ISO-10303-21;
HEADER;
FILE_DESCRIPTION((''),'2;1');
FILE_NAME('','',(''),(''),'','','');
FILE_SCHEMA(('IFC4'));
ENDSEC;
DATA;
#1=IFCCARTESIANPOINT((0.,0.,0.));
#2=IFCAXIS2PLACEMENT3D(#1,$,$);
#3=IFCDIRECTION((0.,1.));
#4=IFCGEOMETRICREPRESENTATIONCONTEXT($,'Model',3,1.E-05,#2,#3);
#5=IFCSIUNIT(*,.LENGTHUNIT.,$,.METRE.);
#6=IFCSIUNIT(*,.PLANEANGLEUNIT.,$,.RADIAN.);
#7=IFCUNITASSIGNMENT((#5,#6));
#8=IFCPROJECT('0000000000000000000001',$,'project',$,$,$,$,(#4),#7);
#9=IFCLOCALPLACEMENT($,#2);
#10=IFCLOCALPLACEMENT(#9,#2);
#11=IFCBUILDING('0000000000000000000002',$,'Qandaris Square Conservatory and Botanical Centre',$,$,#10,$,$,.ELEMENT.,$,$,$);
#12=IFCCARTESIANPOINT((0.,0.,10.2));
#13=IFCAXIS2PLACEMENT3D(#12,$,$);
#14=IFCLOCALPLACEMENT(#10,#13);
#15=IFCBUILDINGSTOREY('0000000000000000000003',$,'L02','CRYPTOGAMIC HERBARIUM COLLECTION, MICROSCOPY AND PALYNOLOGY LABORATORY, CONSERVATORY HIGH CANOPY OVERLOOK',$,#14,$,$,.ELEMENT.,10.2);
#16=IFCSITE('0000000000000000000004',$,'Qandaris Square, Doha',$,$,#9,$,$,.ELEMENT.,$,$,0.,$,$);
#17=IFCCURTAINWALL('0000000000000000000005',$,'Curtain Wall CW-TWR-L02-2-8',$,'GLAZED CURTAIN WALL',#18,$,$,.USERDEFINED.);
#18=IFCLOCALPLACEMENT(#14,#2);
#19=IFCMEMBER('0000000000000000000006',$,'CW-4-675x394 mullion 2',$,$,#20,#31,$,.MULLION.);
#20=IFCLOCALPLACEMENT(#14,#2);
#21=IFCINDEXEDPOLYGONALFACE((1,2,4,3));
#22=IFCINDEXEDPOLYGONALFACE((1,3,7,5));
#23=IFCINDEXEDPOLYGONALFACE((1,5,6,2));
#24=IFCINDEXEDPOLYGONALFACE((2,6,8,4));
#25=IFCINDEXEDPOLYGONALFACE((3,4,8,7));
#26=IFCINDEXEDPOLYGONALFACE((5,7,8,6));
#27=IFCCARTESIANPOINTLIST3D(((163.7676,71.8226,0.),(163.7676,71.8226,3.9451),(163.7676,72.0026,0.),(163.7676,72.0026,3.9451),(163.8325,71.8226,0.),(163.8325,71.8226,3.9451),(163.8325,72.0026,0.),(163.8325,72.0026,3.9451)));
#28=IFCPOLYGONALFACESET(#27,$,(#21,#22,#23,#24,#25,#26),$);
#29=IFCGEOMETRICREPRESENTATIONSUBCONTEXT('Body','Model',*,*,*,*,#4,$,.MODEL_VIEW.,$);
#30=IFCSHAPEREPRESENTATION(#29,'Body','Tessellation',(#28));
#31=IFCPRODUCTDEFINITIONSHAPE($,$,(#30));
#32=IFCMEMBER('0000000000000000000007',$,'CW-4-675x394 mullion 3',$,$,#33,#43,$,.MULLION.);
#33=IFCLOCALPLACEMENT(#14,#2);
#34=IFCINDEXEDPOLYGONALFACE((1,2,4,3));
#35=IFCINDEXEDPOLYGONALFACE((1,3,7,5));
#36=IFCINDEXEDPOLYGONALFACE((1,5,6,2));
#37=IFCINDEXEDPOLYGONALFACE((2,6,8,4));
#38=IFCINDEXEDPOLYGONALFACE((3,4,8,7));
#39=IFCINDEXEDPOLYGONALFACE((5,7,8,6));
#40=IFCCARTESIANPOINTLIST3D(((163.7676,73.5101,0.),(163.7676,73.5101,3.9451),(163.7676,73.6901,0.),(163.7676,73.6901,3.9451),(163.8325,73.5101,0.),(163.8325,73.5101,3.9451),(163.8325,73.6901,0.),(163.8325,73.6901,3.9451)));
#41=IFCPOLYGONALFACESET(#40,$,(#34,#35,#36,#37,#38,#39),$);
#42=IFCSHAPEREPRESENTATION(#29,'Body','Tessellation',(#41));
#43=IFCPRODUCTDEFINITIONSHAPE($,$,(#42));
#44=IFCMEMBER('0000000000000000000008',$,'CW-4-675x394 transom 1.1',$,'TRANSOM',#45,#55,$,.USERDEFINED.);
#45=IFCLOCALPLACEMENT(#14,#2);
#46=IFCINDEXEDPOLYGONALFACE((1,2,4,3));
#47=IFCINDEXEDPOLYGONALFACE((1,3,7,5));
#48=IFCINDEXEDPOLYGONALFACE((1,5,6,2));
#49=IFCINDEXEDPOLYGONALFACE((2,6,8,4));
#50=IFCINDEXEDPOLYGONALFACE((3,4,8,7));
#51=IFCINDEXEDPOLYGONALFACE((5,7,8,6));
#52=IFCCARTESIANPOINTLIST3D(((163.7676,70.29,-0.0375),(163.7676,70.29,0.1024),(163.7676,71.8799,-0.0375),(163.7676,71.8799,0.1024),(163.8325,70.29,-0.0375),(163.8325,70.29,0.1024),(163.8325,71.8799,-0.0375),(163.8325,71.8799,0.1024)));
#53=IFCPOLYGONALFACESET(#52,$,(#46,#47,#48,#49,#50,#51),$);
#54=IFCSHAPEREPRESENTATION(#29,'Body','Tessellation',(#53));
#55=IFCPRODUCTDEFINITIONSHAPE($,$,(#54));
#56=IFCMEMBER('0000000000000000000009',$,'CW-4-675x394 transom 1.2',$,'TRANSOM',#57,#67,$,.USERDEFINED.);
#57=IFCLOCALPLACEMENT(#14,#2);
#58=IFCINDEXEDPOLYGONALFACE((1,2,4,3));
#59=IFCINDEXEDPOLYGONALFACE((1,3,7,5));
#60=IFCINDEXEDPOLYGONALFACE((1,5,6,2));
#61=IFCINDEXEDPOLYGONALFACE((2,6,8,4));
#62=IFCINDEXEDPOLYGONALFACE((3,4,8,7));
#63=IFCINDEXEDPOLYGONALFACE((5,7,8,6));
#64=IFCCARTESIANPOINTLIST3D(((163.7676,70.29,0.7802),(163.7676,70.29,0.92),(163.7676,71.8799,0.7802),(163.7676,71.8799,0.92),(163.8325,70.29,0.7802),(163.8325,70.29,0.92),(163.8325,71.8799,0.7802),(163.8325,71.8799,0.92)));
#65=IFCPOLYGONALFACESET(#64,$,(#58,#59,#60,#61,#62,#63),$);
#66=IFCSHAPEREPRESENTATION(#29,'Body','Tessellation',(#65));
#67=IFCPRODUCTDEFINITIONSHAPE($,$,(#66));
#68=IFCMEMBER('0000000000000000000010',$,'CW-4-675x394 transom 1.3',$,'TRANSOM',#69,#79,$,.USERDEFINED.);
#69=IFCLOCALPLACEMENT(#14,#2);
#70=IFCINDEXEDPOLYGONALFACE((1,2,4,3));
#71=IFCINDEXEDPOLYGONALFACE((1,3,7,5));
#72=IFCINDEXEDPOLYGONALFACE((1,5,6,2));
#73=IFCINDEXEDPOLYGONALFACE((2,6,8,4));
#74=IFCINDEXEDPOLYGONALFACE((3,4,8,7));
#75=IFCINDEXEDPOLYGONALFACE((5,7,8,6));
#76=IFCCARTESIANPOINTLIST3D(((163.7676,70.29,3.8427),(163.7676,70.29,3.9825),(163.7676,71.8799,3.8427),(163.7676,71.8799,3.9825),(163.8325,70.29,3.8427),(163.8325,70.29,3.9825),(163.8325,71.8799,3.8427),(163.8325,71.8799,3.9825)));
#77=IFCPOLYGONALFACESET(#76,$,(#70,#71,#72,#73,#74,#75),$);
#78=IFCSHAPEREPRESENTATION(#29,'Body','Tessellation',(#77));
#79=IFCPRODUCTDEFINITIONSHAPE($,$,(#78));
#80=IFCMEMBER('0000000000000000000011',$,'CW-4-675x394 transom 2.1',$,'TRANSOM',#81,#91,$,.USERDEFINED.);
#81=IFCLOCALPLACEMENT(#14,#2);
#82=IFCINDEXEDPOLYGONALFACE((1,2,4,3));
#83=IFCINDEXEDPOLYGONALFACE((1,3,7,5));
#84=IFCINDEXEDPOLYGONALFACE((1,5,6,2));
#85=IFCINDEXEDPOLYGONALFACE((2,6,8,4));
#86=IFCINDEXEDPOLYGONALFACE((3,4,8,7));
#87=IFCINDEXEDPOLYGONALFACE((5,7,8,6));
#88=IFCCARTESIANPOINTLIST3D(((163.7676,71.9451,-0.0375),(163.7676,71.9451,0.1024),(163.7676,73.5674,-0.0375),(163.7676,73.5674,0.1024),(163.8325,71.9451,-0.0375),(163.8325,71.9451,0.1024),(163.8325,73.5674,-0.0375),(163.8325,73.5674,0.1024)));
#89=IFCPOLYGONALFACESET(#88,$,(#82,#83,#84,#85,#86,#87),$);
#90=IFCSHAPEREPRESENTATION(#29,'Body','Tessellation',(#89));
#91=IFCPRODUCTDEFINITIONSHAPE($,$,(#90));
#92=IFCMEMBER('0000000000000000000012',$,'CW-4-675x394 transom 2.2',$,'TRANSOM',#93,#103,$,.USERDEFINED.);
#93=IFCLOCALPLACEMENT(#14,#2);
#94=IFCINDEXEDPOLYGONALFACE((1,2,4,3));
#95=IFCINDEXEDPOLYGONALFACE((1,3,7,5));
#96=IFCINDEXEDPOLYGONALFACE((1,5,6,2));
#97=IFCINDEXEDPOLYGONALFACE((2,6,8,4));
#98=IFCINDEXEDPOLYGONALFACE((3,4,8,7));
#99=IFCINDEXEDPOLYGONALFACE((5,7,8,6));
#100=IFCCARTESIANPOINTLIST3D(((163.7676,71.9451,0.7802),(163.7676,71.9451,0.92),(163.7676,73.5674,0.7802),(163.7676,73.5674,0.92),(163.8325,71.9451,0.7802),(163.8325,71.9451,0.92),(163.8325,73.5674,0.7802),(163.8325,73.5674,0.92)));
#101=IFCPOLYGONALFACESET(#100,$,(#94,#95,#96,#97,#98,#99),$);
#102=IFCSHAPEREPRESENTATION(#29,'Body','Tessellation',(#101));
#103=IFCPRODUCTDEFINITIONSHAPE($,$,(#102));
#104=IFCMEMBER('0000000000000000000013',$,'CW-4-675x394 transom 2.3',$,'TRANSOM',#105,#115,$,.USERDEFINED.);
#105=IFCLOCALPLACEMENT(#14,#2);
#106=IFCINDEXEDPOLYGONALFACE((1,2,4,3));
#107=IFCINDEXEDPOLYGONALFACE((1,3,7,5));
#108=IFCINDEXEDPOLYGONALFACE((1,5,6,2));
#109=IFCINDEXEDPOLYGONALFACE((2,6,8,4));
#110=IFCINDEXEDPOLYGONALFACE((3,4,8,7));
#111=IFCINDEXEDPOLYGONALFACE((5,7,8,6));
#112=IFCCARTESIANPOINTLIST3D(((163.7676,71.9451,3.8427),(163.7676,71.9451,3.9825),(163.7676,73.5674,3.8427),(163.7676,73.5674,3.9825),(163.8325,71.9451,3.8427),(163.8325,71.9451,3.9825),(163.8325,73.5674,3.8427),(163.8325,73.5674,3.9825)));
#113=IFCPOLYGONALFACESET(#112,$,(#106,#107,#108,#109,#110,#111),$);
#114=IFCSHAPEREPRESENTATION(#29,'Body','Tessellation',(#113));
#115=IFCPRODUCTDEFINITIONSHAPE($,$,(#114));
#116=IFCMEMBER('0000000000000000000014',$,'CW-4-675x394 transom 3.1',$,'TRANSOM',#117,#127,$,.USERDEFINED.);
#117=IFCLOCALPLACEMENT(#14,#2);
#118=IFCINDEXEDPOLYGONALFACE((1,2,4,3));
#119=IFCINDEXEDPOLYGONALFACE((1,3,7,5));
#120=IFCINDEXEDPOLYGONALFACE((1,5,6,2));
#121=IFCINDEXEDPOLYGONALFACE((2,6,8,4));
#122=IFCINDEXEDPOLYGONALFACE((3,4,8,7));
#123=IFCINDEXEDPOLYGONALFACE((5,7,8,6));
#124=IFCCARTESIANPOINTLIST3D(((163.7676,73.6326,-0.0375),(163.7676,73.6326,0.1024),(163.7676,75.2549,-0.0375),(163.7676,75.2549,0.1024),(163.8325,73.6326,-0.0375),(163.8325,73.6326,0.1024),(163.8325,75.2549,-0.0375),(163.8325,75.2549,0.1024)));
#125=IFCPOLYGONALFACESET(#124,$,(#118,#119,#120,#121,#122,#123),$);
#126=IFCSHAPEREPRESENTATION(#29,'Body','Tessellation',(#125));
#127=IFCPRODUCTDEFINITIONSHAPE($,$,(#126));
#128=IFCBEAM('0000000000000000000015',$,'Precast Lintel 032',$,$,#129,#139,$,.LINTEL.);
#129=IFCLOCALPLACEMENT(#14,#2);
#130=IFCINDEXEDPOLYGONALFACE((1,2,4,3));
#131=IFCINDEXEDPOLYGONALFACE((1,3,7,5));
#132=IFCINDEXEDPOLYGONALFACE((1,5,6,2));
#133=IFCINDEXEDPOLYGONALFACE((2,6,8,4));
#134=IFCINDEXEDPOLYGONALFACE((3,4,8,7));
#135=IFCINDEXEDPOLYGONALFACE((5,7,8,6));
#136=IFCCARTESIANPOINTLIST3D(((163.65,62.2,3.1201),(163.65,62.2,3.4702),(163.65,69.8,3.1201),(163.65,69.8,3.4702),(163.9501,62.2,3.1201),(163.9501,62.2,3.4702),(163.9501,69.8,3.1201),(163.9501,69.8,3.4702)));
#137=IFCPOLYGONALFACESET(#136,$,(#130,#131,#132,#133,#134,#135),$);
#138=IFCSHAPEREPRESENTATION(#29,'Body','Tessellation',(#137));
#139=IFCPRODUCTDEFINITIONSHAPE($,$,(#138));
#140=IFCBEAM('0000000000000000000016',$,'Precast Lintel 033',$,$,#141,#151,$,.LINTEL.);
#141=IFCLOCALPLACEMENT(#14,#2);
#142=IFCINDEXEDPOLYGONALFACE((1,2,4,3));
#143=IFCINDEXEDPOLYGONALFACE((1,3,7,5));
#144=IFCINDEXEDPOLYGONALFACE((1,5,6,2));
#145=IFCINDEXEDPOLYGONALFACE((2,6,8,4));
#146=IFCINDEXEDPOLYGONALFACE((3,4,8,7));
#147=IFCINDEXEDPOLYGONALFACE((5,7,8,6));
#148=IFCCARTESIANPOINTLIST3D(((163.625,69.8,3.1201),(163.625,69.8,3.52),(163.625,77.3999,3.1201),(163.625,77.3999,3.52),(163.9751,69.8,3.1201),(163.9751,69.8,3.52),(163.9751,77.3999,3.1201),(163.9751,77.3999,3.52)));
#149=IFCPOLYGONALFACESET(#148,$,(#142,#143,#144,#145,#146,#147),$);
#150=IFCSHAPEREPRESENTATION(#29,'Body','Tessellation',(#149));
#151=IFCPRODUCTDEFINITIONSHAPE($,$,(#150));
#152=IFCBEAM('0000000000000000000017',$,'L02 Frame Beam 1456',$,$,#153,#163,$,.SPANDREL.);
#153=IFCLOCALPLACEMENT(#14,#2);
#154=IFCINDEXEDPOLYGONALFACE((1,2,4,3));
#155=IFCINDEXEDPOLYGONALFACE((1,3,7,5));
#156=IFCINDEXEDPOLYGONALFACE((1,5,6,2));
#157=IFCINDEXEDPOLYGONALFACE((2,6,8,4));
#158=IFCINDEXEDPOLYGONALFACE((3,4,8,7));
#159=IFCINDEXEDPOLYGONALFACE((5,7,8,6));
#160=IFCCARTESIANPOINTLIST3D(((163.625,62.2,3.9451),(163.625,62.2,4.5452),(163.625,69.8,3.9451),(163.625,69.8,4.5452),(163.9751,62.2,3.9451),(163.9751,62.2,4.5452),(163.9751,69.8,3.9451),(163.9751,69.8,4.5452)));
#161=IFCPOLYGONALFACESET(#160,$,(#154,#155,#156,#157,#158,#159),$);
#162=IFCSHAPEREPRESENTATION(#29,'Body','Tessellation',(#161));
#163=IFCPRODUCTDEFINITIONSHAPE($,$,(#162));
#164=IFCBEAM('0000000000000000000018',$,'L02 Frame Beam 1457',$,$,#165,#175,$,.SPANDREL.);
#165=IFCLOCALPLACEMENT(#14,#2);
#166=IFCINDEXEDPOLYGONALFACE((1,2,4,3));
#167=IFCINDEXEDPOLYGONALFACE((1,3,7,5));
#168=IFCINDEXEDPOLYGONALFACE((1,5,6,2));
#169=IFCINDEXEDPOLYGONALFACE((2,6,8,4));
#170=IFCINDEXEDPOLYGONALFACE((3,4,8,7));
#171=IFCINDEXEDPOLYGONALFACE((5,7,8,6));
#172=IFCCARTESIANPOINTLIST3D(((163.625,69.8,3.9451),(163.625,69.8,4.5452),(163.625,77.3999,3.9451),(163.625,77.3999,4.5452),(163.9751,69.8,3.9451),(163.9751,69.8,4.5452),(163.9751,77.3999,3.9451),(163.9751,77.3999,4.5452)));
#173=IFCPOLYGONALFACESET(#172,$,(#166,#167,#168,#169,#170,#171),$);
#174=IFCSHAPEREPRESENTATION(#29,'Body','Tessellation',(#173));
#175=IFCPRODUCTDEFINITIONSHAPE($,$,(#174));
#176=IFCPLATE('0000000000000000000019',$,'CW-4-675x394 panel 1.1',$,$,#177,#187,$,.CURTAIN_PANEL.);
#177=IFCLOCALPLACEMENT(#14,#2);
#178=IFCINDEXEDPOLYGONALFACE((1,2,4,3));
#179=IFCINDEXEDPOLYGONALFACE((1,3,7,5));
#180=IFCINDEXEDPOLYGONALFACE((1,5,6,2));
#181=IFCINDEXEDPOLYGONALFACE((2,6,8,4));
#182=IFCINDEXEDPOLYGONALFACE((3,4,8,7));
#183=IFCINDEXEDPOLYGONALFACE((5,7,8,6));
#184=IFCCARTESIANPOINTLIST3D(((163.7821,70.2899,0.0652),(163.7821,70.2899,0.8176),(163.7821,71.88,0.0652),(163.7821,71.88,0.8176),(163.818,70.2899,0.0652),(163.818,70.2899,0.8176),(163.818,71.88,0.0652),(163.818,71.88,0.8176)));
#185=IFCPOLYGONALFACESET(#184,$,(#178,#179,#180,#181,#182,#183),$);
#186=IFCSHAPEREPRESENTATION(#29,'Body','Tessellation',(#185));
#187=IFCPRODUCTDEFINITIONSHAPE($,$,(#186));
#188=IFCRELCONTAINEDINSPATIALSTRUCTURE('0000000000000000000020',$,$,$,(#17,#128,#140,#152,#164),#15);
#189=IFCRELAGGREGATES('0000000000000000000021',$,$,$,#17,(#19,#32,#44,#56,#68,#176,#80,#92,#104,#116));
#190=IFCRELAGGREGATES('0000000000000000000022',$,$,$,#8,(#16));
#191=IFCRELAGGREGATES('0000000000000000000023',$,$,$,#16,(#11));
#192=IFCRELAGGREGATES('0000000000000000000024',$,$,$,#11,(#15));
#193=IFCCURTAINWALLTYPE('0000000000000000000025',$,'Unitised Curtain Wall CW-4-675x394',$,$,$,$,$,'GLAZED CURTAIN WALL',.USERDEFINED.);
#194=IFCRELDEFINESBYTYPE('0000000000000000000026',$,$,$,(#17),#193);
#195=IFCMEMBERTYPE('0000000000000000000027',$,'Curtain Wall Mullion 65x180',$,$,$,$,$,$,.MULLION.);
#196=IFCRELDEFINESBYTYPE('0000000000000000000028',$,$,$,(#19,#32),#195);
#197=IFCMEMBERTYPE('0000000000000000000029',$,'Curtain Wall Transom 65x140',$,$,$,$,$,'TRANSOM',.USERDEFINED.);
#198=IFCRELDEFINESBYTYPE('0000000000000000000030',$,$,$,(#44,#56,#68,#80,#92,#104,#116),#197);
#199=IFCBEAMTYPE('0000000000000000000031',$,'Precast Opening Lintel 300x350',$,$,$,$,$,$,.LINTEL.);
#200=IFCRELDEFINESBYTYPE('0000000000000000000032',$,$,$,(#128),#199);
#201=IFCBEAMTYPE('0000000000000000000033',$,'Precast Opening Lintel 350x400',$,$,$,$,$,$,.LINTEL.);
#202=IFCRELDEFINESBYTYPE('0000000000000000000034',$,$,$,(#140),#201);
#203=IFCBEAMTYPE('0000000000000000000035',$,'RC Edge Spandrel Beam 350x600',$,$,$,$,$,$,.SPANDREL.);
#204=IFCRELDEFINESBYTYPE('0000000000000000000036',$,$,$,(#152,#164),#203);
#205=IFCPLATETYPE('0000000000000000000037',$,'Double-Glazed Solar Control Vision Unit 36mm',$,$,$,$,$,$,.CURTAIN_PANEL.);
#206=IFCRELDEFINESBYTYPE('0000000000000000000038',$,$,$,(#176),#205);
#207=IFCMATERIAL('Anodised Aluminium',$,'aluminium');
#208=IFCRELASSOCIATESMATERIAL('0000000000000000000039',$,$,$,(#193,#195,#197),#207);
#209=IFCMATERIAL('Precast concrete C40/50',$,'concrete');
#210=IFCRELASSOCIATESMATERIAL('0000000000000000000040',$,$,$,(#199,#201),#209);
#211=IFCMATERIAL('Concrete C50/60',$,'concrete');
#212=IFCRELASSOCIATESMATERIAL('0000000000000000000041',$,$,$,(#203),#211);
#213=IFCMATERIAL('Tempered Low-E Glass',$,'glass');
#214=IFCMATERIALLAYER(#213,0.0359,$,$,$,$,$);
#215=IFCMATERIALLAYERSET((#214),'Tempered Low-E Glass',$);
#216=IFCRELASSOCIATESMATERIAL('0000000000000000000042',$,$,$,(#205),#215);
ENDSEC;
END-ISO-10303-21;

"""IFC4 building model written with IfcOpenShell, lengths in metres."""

from ifc_helpers import new_model, si_unit, direction, frame, origin, origin_2d, place, context, subcontext, project, spatial, rectangle, extrude, material, layer, layer_set, material_profile, profile_set, type_object, element, aggregate, save


model = new_model("IFC4")

# Units and contexts
model_context = context("Model", 3, precision=1e-05, world=origin(), true_north=direction((0.0, 1.0)))
body_context = subcontext(model_context, "Body", "Model", "MODEL_VIEW")
ifc_project = project(units=[si_unit("LENGTHUNIT", "METRE"), si_unit("PLANEANGLEUNIT", "RADIAN")], contexts=[model_context])

# Site, building, storey
site_placement = place(None, origin())
site = spatial("IfcSite", under=ifc_project, at=site_placement, Name="Qandaris Square, Doha", CompositionType="ELEMENT", RefElevation=0.0)
building_placement = place(site_placement, origin())
building = spatial("IfcBuilding", under=site, at=building_placement, Name="Qandaris Square Conservatory and Botanical Centre", CompositionType="ELEMENT")
storey_placement = place(building_placement, frame((0.0, 0.0, 10.2)))
storey = spatial("IfcBuildingStorey", under=building, at=storey_placement, Name="L02", Description="CRYPTOGAMIC HERBARIUM COLLECTION, MICROSCOPY AND PALYNOLOGY LABORATORY, CONSERVATORY HIGH CANOPY OVERLOOK", CompositionType="ELEMENT", Elevation=10.2)

# Shared definitions
ifc_material_1 = material(Name="Concrete C50/60", Category="concrete")

# Curtain wall, members
ifc_material_2 = material(Name="Anodised Aluminium", Category="aluminium")
curtain_wall_type = type_object("IfcCurtainWallType", Name="Unitised Curtain Wall CW-4-675x394", ElementType="GLAZED CURTAIN WALL", PredefinedType="USERDEFINED", material=ifc_material_2)
curtain_wall_placement = place(storey_placement, origin())
curtain_wall = element("IfcCurtainWall", 1, at=curtain_wall_placement, inside=storey, type_object=curtain_wall_type, Name="Curtain Wall CW-TWR-L02-2-8", ObjectType="GLAZED CURTAIN WALL", PredefinedType="USERDEFINED")
ifc_material_profile_1 = material_profile(ifc_material_2, rectangle(XDim=0.0649, YDim=0.1799, at=origin_2d()), Name="ALU-MUL 65x180")
ifc_profile_set_1 = profile_set([ifc_material_profile_1], Name="Anodised Aluminium")
member_type_1 = type_object("IfcMemberType", Name="Curtain Wall Mullion 65x180", PredefinedType="MULLION", material=ifc_profile_set_1)
member_1_placement = place(storey_placement, frame((163.8, 71.9126, 0.0), z_axis=(0.0, 0.0, 1.0), x_axis=(-1.0, 0.0, 0.0)))
member_1 = element("IfcMember", 2, at=member_1_placement, type_object=member_type_1, Name="CW-4-675x394 mullion 2", PredefinedType="MULLION", context=body_context, shape_type="SweptSolid", body=[
    extrude(rectangle(XDim=0.0649, YDim=0.1799, at=origin_2d()), origin(), (0.0, 0.0, 1.0), 3.9451),
])
member_2_placement = place(storey_placement, frame((163.8, 73.6001, 0.0), z_axis=(0.0, 0.0, 1.0), x_axis=(-1.0, 0.0, 0.0)))
member_2 = element("IfcMember", 3, at=member_2_placement, type_object=member_type_1, Name="CW-4-675x394 mullion 3", PredefinedType="MULLION", context=body_context, shape_type="SweptSolid", body=[
    extrude(rectangle(XDim=0.0649, YDim=0.1799, at=origin_2d()), origin(), (0.0, 0.0, 1.0), 3.9451),
])
ifc_material_profile_2 = material_profile(ifc_material_2, rectangle(XDim=0.0649, YDim=0.1399, at=origin_2d()), Name="ALU-TRN 65x140")
ifc_profile_set_2 = profile_set([ifc_material_profile_2], Name="Anodised Aluminium")
member_type_2 = type_object("IfcMemberType", Name="Curtain Wall Transom 65x140", ElementType="TRANSOM", PredefinedType="USERDEFINED", material=ifc_profile_set_2)
member_3_placement = place(storey_placement, frame((163.8, 70.29, 0.0325), z_axis=(0.0, 1.0, 0.0), x_axis=(-1.0, 0.0, 0.0)))
member_3 = element("IfcMember", 4, at=member_3_placement, type_object=member_type_2, Name="CW-4-675x394 transom 1.1", ObjectType="TRANSOM", PredefinedType="USERDEFINED", context=body_context, shape_type="SweptSolid", body=[
    extrude(rectangle(XDim=0.0649, YDim=0.1399, at=origin_2d()), origin(), (0.0, 0.0, 1.0), 1.5898),
])
member_4_placement = place(storey_placement, frame((163.8, 70.29, 0.8501), z_axis=(0.0, 1.0, 0.0), x_axis=(-1.0, 0.0, 0.0)))
member_4 = element("IfcMember", 5, at=member_4_placement, type_object=member_type_2, Name="CW-4-675x394 transom 1.2", ObjectType="TRANSOM", PredefinedType="USERDEFINED", context=body_context, shape_type="SweptSolid", body=[
    extrude(rectangle(XDim=0.0649, YDim=0.1399, at=origin_2d()), origin(), (0.0, 0.0, 1.0), 1.5898),
])
member_5_placement = place(storey_placement, frame((163.8, 70.29, 3.9126), z_axis=(0.0, 1.0, 0.0), x_axis=(-1.0, 0.0, 0.0)))
member_5 = element("IfcMember", 6, at=member_5_placement, type_object=member_type_2, Name="CW-4-675x394 transom 1.3", ObjectType="TRANSOM", PredefinedType="USERDEFINED", context=body_context, shape_type="SweptSolid", body=[
    extrude(rectangle(XDim=0.0649, YDim=0.1399, at=origin_2d()), origin(), (0.0, 0.0, 1.0), 1.5898),
])
member_6_placement = place(storey_placement, frame((163.8, 71.9451, 0.0325), z_axis=(0.0, 1.0, 0.0), x_axis=(-1.0, 0.0, 0.0)))
member_6 = element("IfcMember", 7, at=member_6_placement, type_object=member_type_2, Name="CW-4-675x394 transom 2.1", ObjectType="TRANSOM", PredefinedType="USERDEFINED", context=body_context, shape_type="SweptSolid", body=[
    extrude(rectangle(XDim=0.0649, YDim=0.1399, at=origin_2d()), origin(), (0.0, 0.0, 1.0), 1.6223),
])
member_7_placement = place(storey_placement, frame((163.8, 71.9451, 0.8501), z_axis=(0.0, 1.0, 0.0), x_axis=(-1.0, 0.0, 0.0)))
member_7 = element("IfcMember", 8, at=member_7_placement, type_object=member_type_2, Name="CW-4-675x394 transom 2.2", ObjectType="TRANSOM", PredefinedType="USERDEFINED", context=body_context, shape_type="SweptSolid", body=[
    extrude(rectangle(XDim=0.0649, YDim=0.1399, at=origin_2d()), origin(), (0.0, 0.0, 1.0), 1.6223),
])
member_8_placement = place(storey_placement, frame((163.8, 71.9451, 3.9126), z_axis=(0.0, 1.0, 0.0), x_axis=(-1.0, 0.0, 0.0)))
member_8 = element("IfcMember", 9, at=member_8_placement, type_object=member_type_2, Name="CW-4-675x394 transom 2.3", ObjectType="TRANSOM", PredefinedType="USERDEFINED", context=body_context, shape_type="SweptSolid", body=[
    extrude(rectangle(XDim=0.0649, YDim=0.1399, at=origin_2d()), origin(), (0.0, 0.0, 1.0), 1.6223),
])
member_9_placement = place(storey_placement, frame((163.8, 73.6326, 0.0325), z_axis=(0.0, 1.0, 0.0), x_axis=(-1.0, 0.0, 0.0)))
member_9 = element("IfcMember", 10, at=member_9_placement, type_object=member_type_2, Name="CW-4-675x394 transom 3.1", ObjectType="TRANSOM", PredefinedType="USERDEFINED", context=body_context, shape_type="SweptSolid", body=[
    extrude(rectangle(XDim=0.0649, YDim=0.1399, at=origin_2d()), origin(), (0.0, 0.0, 1.0), 1.6223),
])

# Beams
ifc_material_3 = material(Name="Precast concrete C40/50", Category="concrete")
ifc_material_profile_3 = material_profile(ifc_material_3, rectangle(XDim=0.3, YDim=0.3501, at=origin_2d()), Name="RC-LN 300x350")
ifc_profile_set_3 = profile_set([ifc_material_profile_3], Name="Precast concrete C40/50")
beam_type_1 = type_object("IfcBeamType", Name="Precast Opening Lintel 300x350", PredefinedType="LINTEL", material=ifc_profile_set_3)
beam_1_placement = place(storey_placement, frame((163.8, 62.2, 3.2952), z_axis=(0.0, 1.0, 0.0), x_axis=(-1.0, 0.0, 0.0)))
element("IfcBeam", 11, at=beam_1_placement, inside=storey, type_object=beam_type_1, Name="Precast Lintel 032", PredefinedType="LINTEL", context=body_context, shape_type="SweptSolid", body=[
    extrude(rectangle(XDim=0.3, YDim=0.3501, at=origin_2d()), origin(), (0.0, 0.0, 1.0), 7.6001),
])
ifc_material_profile_4 = material_profile(ifc_material_3, rectangle(XDim=0.3501, YDim=0.3999, at=origin_2d()), Name="RC-LN 350x400")
ifc_profile_set_4 = profile_set([ifc_material_profile_4], Name="Precast concrete C40/50")
beam_type_2 = type_object("IfcBeamType", Name="Precast Opening Lintel 350x400", PredefinedType="LINTEL", material=ifc_profile_set_4)
beam_2_placement = place(storey_placement, frame((163.8, 69.8, 3.3201), z_axis=(0.0, 1.0, 0.0), x_axis=(-1.0, 0.0, 0.0)))
element("IfcBeam", 12, at=beam_2_placement, inside=storey, type_object=beam_type_2, Name="Precast Lintel 033", PredefinedType="LINTEL", context=body_context, shape_type="SweptSolid", body=[
    extrude(rectangle(XDim=0.3501, YDim=0.3999, at=origin_2d()), origin(), (0.0, 0.0, 1.0), 7.5999),
])
ifc_material_profile_5 = material_profile(ifc_material_1, rectangle(XDim=0.3501, YDim=0.6001, at=origin_2d()), Name="RC-SP 350x600")
ifc_profile_set_5 = profile_set([ifc_material_profile_5], Name="Concrete C50/60")
beam_type_3 = type_object("IfcBeamType", Name="RC Edge Spandrel Beam 350x600", PredefinedType="SPANDREL", material=ifc_profile_set_5)
beam_3_placement = place(storey_placement, frame((163.8, 62.2, 4.2451), z_axis=(0.0, 1.0, 0.0), x_axis=(-1.0, 0.0, 0.0)))
element("IfcBeam", 13, at=beam_3_placement, inside=storey, type_object=beam_type_3, Name="L02 Frame Beam 1456", PredefinedType="SPANDREL", context=body_context, shape_type="SweptSolid", body=[
    extrude(rectangle(XDim=0.3501, YDim=0.6001, at=origin_2d()), origin(), (0.0, 0.0, 1.0), 7.6001),
])
beam_4_placement = place(storey_placement, frame((163.8, 69.8, 4.2451), z_axis=(0.0, 1.0, 0.0), x_axis=(-1.0, 0.0, 0.0)))
element("IfcBeam", 14, at=beam_4_placement, inside=storey, type_object=beam_type_3, Name="L02 Frame Beam 1457", PredefinedType="SPANDREL", context=body_context, shape_type="SweptSolid", body=[
    extrude(rectangle(XDim=0.3501, YDim=0.6001, at=origin_2d()), origin(), (0.0, 0.0, 1.0), 7.5999),
])

# Plate
ifc_material_4 = material(Name="Tempered Low-E Glass", Category="glass")
ifc_layer_1 = layer(ifc_material_4, 0.0359)
ifc_layer_set_1 = layer_set([ifc_layer_1], Name="Tempered Low-E Glass")
plate_type_1 = type_object("IfcPlateType", Name="Double-Glazed Solar Control Vision Unit 36mm", PredefinedType="CURTAIN_PANEL", material=ifc_layer_set_1)
plate_1_placement = place(storey_placement, frame((163.8, 71.085, 0.0652), z_axis=(0.0, 0.0, 1.0), x_axis=(0.0, 1.0, 0.0)))
plate_1 = element("IfcPlate", 15, at=plate_1_placement, type_object=plate_type_1, Name="CW-4-675x394 panel 1.1", PredefinedType="CURTAIN_PANEL", context=body_context, shape_type="SweptSolid", body=[
    extrude(rectangle(XDim=1.5901, YDim=0.0359, at=origin_2d()), origin(), (0.0, 0.0, 1.0), 0.7524),
])
aggregate(curtain_wall, [member_1, member_2, member_3, member_4, member_5, plate_1, member_6, member_7, member_8, member_9])

save(model, "model.ifc")
